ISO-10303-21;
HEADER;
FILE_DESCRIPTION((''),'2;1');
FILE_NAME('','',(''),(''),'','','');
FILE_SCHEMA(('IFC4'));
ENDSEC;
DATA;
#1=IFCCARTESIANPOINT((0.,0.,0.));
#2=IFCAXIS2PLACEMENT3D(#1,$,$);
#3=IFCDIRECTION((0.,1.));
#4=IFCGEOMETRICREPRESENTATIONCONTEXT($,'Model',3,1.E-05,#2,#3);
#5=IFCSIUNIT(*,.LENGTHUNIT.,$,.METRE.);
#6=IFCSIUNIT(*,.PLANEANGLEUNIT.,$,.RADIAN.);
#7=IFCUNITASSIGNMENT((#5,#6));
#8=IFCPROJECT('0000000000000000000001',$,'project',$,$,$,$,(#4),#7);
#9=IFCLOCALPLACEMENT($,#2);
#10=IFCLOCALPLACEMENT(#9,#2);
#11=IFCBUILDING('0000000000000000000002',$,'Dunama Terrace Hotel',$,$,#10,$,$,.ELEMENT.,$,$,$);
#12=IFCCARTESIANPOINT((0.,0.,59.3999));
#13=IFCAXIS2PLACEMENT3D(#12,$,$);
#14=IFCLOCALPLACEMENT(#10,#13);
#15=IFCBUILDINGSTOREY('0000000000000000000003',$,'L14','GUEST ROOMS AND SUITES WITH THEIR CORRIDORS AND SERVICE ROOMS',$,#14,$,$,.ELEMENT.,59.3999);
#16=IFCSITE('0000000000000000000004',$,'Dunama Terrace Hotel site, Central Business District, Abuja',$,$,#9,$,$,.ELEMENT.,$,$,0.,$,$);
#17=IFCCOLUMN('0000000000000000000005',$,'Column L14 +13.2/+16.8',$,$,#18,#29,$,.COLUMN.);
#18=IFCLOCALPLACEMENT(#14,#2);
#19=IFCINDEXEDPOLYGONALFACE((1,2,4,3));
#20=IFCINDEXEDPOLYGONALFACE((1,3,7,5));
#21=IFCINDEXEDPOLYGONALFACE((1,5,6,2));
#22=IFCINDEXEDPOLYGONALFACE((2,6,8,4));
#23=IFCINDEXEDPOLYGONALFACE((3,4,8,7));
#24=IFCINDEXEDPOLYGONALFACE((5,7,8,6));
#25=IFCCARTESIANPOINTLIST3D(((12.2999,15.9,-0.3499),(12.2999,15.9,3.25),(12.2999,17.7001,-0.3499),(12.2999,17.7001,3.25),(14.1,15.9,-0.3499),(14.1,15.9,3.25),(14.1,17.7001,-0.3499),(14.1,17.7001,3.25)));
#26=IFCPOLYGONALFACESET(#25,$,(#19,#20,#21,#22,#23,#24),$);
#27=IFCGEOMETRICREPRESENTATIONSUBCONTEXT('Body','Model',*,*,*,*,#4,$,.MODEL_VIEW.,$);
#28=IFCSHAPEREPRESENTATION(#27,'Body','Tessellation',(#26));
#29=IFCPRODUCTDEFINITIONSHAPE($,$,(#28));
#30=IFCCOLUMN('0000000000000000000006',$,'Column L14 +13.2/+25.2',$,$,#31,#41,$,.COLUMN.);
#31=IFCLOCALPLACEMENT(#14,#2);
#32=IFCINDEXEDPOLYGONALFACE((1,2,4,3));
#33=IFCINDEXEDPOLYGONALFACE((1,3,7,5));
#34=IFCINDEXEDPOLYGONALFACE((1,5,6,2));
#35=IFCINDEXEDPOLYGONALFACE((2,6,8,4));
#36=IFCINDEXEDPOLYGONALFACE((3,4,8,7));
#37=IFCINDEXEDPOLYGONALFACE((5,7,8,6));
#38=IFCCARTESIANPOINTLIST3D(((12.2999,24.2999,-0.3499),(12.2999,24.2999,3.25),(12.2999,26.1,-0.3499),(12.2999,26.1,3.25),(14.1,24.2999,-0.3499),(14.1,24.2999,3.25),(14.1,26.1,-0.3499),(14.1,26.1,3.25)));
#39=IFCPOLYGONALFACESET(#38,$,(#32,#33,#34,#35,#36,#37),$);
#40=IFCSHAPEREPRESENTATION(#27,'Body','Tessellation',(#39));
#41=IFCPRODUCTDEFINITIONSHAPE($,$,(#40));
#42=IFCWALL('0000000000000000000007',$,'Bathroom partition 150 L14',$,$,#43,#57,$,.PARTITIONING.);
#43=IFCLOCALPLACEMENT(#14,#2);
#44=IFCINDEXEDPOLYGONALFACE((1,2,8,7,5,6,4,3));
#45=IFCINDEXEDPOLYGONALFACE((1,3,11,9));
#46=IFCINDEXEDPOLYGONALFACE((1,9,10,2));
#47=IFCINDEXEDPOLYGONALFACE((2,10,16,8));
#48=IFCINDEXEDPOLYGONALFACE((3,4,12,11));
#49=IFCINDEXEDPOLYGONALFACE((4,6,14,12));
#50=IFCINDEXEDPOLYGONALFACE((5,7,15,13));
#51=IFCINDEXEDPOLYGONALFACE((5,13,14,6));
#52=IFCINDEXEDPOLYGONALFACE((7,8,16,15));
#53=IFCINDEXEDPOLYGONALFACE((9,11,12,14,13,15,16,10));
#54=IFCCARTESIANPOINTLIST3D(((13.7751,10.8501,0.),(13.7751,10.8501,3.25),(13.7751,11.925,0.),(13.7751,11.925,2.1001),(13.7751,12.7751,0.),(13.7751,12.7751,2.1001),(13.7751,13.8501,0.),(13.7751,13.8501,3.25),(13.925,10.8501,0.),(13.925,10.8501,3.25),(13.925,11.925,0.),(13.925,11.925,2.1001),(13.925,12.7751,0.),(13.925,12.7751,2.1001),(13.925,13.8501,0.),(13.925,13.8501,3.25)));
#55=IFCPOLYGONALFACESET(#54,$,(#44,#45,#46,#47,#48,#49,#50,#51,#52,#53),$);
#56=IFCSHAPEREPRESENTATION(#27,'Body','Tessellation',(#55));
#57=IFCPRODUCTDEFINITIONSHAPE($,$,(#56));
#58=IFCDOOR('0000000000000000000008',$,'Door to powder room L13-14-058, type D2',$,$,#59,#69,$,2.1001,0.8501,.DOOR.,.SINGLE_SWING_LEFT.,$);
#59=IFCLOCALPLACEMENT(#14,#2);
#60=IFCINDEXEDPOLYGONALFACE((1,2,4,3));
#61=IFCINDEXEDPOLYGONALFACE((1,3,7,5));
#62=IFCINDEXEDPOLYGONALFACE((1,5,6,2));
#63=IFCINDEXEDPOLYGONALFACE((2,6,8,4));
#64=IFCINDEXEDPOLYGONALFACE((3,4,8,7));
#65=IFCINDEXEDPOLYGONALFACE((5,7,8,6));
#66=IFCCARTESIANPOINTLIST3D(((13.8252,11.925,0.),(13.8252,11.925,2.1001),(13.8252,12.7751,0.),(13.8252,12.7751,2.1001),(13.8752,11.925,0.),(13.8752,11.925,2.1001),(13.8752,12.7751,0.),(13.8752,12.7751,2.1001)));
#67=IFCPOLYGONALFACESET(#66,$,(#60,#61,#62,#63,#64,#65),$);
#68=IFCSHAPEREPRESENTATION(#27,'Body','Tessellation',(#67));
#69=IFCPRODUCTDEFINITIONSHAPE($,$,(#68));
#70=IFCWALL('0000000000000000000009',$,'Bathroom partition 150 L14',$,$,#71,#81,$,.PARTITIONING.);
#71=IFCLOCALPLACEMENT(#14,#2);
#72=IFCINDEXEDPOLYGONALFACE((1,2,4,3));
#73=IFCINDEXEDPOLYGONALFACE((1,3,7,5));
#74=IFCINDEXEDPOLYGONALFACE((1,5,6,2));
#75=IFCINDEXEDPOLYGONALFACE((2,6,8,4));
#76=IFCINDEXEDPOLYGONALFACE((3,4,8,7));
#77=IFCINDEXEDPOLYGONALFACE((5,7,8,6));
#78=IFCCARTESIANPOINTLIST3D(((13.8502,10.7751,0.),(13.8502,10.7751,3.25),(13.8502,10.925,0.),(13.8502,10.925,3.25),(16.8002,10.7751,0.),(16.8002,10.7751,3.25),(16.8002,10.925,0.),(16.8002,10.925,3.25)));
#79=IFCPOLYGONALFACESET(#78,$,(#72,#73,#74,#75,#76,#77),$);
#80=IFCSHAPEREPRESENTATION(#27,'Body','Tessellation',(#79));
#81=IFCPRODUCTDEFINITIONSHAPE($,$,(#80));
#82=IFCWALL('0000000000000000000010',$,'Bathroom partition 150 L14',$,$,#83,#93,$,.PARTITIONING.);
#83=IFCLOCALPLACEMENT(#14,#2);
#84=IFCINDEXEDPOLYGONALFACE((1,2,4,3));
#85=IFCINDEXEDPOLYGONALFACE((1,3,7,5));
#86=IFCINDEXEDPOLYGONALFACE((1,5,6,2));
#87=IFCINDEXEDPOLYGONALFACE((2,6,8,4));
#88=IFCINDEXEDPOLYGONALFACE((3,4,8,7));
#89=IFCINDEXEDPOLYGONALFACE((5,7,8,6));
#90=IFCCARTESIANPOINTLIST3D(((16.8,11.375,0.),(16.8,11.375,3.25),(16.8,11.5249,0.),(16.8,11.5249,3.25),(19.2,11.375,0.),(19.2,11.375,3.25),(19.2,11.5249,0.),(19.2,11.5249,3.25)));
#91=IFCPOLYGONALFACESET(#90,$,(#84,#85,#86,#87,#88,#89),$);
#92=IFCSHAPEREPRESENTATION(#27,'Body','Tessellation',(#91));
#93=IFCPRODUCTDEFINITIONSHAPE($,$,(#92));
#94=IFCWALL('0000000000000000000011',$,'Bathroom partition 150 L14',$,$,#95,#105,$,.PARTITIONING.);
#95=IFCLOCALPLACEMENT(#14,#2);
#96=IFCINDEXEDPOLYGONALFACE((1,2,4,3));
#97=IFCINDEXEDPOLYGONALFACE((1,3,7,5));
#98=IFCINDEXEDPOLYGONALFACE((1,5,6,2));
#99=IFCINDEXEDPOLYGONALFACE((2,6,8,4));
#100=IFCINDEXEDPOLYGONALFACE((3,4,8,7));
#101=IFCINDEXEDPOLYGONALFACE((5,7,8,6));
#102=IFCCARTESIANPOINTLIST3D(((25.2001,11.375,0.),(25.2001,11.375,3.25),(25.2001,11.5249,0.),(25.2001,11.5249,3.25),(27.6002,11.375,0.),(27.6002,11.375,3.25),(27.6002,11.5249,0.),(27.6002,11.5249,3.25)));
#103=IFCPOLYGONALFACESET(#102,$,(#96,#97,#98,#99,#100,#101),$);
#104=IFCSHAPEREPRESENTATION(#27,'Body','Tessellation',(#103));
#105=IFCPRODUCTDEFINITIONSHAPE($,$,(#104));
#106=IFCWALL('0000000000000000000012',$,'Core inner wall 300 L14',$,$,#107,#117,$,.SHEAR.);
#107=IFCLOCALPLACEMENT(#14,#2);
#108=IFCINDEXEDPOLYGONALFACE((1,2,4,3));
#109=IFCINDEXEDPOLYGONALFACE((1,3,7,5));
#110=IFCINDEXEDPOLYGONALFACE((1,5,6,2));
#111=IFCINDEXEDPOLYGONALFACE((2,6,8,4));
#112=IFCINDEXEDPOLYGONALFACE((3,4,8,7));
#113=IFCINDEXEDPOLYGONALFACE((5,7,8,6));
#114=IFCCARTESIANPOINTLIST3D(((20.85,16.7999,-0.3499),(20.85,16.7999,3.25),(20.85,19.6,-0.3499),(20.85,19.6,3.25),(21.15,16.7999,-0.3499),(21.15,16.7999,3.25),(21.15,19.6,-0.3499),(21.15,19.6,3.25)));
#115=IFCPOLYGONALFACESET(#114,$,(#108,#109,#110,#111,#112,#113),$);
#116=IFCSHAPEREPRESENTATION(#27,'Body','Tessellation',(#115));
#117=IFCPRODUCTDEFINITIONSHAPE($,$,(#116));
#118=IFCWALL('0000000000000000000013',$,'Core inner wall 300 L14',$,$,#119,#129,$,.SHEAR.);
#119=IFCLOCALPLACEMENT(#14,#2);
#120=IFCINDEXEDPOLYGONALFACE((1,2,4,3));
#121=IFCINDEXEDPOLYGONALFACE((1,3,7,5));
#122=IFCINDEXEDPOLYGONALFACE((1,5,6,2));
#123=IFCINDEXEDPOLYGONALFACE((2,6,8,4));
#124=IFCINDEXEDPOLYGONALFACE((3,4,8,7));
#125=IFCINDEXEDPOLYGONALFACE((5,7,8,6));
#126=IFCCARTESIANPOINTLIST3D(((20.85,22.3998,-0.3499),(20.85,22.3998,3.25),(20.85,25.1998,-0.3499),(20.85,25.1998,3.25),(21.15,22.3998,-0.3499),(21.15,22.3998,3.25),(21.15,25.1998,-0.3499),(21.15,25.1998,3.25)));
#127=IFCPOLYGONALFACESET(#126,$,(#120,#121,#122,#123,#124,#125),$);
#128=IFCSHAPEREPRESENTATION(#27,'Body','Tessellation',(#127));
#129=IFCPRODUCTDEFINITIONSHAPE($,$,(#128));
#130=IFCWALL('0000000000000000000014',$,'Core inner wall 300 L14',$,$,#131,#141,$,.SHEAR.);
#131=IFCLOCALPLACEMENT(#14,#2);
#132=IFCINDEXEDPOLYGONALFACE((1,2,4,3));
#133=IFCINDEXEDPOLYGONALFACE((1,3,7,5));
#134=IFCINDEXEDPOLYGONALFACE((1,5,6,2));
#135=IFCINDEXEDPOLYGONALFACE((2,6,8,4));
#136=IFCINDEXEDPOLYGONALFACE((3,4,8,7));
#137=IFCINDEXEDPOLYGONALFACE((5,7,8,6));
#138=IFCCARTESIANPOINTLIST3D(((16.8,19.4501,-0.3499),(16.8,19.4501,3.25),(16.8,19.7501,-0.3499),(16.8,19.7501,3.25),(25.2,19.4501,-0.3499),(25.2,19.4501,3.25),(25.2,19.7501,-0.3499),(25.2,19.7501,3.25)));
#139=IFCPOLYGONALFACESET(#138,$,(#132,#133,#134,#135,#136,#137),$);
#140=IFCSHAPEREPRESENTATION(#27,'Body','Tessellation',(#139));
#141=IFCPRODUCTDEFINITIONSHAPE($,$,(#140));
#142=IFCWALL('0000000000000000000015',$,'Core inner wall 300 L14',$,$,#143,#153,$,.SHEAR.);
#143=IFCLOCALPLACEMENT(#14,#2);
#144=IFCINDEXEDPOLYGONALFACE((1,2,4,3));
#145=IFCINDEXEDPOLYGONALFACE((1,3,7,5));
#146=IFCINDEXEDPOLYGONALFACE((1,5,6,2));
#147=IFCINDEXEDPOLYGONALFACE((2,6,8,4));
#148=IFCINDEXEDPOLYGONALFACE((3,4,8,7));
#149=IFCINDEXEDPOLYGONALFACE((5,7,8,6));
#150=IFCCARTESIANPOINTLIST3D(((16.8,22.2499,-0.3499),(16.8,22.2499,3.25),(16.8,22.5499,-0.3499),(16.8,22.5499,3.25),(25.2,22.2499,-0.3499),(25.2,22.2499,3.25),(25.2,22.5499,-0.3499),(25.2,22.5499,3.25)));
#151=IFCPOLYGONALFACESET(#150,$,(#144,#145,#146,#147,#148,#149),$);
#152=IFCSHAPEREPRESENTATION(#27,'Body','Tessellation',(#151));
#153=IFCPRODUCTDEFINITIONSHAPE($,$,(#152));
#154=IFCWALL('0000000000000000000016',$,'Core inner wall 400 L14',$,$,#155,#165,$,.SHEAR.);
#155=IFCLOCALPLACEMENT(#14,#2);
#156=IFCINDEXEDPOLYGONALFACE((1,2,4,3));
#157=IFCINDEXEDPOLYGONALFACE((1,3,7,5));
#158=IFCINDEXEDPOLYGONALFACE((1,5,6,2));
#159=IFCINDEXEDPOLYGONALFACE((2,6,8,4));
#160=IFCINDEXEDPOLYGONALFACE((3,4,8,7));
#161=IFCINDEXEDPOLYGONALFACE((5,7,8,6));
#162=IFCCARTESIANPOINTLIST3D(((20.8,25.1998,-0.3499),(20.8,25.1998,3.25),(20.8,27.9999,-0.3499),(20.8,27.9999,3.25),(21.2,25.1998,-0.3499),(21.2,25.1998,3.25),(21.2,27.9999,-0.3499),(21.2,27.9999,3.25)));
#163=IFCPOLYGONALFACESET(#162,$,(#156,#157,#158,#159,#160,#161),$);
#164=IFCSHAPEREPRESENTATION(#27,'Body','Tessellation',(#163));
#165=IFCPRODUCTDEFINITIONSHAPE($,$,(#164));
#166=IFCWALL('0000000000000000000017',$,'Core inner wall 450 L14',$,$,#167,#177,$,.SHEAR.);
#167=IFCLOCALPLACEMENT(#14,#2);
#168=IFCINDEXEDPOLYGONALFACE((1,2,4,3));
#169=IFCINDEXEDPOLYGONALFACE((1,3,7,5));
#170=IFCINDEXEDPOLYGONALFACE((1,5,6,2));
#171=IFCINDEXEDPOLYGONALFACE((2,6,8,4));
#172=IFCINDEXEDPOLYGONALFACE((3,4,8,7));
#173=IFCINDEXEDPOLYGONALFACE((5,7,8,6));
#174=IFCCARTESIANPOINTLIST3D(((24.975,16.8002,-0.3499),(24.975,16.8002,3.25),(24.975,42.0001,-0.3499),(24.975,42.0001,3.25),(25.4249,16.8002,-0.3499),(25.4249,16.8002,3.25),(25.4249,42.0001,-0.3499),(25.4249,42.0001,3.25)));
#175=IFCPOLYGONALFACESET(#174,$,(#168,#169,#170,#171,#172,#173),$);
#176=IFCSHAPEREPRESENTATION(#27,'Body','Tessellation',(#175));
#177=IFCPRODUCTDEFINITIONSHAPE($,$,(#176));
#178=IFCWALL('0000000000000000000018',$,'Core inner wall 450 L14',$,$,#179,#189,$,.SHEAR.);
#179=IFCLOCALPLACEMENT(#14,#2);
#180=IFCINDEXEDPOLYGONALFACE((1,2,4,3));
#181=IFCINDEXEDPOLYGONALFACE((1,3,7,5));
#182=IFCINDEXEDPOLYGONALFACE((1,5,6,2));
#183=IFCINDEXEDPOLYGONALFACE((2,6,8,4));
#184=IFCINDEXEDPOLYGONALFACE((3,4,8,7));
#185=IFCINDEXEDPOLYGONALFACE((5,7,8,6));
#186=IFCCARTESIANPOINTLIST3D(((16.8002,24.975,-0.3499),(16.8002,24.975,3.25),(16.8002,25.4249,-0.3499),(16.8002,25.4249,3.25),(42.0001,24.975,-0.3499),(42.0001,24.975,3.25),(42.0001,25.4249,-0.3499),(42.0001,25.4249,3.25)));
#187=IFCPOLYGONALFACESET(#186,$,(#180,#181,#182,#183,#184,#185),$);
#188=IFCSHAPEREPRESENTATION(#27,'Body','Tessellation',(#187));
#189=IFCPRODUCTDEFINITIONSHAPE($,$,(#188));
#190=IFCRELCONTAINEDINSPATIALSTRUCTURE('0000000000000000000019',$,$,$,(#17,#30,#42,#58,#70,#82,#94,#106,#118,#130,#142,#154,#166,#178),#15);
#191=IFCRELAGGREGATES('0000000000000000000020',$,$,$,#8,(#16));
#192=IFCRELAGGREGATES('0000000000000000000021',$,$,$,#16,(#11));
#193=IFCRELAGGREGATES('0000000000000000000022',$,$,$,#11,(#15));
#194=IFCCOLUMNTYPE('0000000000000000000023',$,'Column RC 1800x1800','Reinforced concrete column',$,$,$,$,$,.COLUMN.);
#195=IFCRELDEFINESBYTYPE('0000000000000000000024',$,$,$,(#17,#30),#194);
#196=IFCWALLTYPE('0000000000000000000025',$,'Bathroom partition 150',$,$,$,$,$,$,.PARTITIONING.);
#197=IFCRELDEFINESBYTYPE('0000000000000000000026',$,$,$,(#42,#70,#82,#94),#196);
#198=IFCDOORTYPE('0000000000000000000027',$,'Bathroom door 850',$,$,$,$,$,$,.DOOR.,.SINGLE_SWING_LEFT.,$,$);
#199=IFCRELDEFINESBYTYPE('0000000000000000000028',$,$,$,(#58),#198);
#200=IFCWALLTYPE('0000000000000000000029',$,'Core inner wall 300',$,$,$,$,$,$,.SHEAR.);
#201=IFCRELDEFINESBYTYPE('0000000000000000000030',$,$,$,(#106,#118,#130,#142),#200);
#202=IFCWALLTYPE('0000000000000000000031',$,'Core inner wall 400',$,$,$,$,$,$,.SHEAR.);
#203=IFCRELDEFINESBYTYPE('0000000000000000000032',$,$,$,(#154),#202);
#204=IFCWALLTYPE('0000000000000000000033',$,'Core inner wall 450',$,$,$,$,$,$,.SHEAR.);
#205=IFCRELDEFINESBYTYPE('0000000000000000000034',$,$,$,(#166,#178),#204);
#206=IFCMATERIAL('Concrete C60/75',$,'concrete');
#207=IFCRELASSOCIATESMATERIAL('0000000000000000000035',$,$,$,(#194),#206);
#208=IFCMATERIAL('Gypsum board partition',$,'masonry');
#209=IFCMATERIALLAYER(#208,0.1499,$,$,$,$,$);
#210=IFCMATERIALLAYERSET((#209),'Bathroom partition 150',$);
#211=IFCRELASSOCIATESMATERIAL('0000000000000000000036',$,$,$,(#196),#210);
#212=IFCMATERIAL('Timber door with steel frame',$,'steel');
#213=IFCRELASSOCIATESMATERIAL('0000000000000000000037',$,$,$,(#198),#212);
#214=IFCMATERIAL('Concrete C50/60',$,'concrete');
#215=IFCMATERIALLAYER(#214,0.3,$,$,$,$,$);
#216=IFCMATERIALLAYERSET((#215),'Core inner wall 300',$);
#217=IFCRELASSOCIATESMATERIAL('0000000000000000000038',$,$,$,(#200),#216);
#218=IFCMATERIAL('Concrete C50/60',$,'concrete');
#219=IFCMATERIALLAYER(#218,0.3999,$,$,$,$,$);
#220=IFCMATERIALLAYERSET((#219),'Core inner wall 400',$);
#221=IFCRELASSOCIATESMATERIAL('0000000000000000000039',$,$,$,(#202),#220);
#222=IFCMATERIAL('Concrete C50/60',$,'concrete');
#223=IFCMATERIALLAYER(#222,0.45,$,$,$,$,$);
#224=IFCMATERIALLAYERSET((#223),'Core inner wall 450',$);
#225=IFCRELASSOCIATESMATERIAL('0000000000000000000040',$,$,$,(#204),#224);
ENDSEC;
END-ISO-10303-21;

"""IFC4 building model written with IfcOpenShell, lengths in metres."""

from ifc_helpers import new_model, si_unit, direction, frame, frame_2d, origin, origin_2d, place, context, subcontext, project, spatial, rectangle, extrude, material, layer, layer_set, material_profile, profile_set, type_object, element, fill, save


model = new_model("IFC4")

# Units and contexts
model_context = context("Model", 3, precision=1e-05, world=origin(), true_north=direction((0.0, 1.0)))
body_context = subcontext(model_context, "Body", "Model", "MODEL_VIEW")
ifc_project = project(units=[si_unit("LENGTHUNIT", "METRE"), si_unit("PLANEANGLEUNIT", "RADIAN")], contexts=[model_context])

# Site, building, storey
site_placement = place(None, origin())
site = spatial("IfcSite", under=ifc_project, at=site_placement, Name="Dunama Terrace Hotel site, Central Business District, Abuja", CompositionType="ELEMENT", RefElevation=0.0)
building_placement = place(site_placement, origin())
building = spatial("IfcBuilding", under=site, at=building_placement, Name="Dunama Terrace Hotel", CompositionType="ELEMENT")
storey_placement = place(building_placement, frame((0.0, 0.0, 59.3999)))
storey = spatial("IfcBuildingStorey", under=building, at=storey_placement, Name="L14", Description="GUEST ROOMS AND SUITES WITH THEIR CORRIDORS AND SERVICE ROOMS", CompositionType="ELEMENT", Elevation=59.3999)

# Columns
ifc_material_1 = material(Name="Concrete C60/75", Category="concrete")
ifc_material_profile = material_profile(ifc_material_1, rectangle(XDim=1.8, YDim=1.8, at=origin_2d()), Name="RC 1800x1800")
ifc_profile_set = profile_set([ifc_material_profile], Name="Concrete C60/75")
column_type = type_object("IfcColumnType", Name="Column RC 1800x1800", Description="Reinforced concrete column", PredefinedType="COLUMN", material=ifc_profile_set)
for number, where, z_axis, x_axis, name in (
    (1, (13.2, 16.8, -0.3499), (0.0, 0.0, 1.0), (1.0, 0.0, 0.0), "Column L14 +13.2/+16.8"),
    (2, (13.2, 25.2, -0.3499), (0.0, 0.0, 1.0), (1.0, 0.0, 0.0), "Column L14 +13.2/+25.2"),
):
    element("IfcColumn", number, at=place(storey_placement, frame(where, z_axis=z_axis, x_axis=x_axis)), inside=storey, type_object=column_type, Name=name, PredefinedType="COLUMN", context=body_context, shape_type="SweptSolid", body=[
        extrude(rectangle(XDim=1.8, YDim=1.8, at=origin_2d()), origin(), (0.0, 0.0, 1.0), 3.5999),
    ])

# Wall, opening, door
ifc_material_2 = material(Name="Gypsum board partition", Category="masonry")
ifc_layer_1 = layer(ifc_material_2, 0.1499)
ifc_layer_set_1 = layer_set([ifc_layer_1], Name="Bathroom partition 150")
wall_type_1 = type_object("IfcWallType", Name="Bathroom partition 150", PredefinedType="PARTITIONING", material=ifc_layer_set_1)
wall_1_placement = place(storey_placement, frame((13.8501, 10.8501, 0.0), z_axis=(0.0, 0.0, 1.0), x_axis=(0.0, 1.0, 0.0)))
wall_1 = element("IfcWall", 3, at=wall_1_placement, inside=storey, type_object=wall_type_1, Name="Bathroom partition 150 L14", PredefinedType="PARTITIONING", context=body_context, shape_type="SweptSolid", body=[
    extrude(rectangle(XDim=3.0, YDim=0.1499, at=frame_2d((1.5, 0.0))), origin(), (0.0, 0.0, 1.0), 3.25),
])
opening_1_placement = place(wall_1_placement, frame((1.075, 0.0, 0.0)))
opening_1 = element("IfcOpeningElement", 4, at=opening_1_placement, cuts=wall_1, PredefinedType="OPENING", context=body_context, shape_type="SweptSolid", body=[
    extrude(rectangle(XDim=0.8501, YDim=2.1001, at=frame_2d((0.425, 1.05))), frame((0.0, 0.085, 0.0), z_axis=(0.0, -1.0, 0.0), x_axis=(1.0, 0.0, 0.0)), (0.0, 0.0, 1.0), 0.1699),
])
ifc_material_3 = material(Name="Timber door with steel frame", Category="steel")
door_type_1 = type_object("IfcDoorType", Name="Bathroom door 850", OperationType="SINGLE_SWING_LEFT", PredefinedType="DOOR", material=ifc_material_3)
door_1_placement = place(opening_1_placement, frame((0.8501, 0.0, 0.0), z_axis=(0.0, 0.0, 1.0), x_axis=(-1.0, 0.0, 0.0)))
door_1 = element("IfcDoor", 5, at=door_1_placement, inside=storey, type_object=door_type_1, Name="Door to powder room L13-14-058, type D2", OperationType="SINGLE_SWING_LEFT", OverallHeight=2.1001, OverallWidth=0.8501, PredefinedType="DOOR", context=body_context, shape_type="SweptSolid", body=[
    extrude(rectangle(XDim=0.8501, YDim=2.1001, at=frame_2d((0.425, 1.05))), frame((0.0, 0.0251, 0.0), z_axis=(0.0, -1.0, 0.0), x_axis=(1.0, 0.0, 0.0)), (0.0, 0.0, 1.0), 0.05),
])
fill(opening_1, door_1)

# Walls
wall_2_placement = place(storey_placement, frame((13.8501, 10.8501, 0.0), z_axis=(0.0, 0.0, 1.0), x_axis=(1.0, 0.0, 0.0)))
element("IfcWall", 6, at=wall_2_placement, inside=storey, type_object=wall_type_1, Name="Bathroom partition 150 L14", PredefinedType="PARTITIONING", context=body_context, shape_type="SweptSolid", body=[
    extrude(rectangle(XDim=2.95, YDim=0.1499, at=frame_2d((1.4751, 0.0))), origin(), (0.0, 0.0, 1.0), 3.25),
])
wall_3_placement = place(storey_placement, frame((16.8, 11.45, 0.0), z_axis=(0.0, 0.0, 1.0), x_axis=(1.0, 0.0, 0.0)))
element("IfcWall", 7, at=wall_3_placement, inside=storey, type_object=wall_type_1, Name="Bathroom partition 150 L14", PredefinedType="PARTITIONING", context=body_context, shape_type="SweptSolid", body=[
    extrude(rectangle(XDim=2.3999, YDim=0.1499, at=frame_2d((1.2, 0.0))), origin(), (0.0, 0.0, 1.0), 3.25),
])
wall_4_placement = place(storey_placement, frame((25.2, 11.45, 0.0), z_axis=(0.0, 0.0, 1.0), x_axis=(1.0, 0.0, 0.0)))
element("IfcWall", 8, at=wall_4_placement, inside=storey, type_object=wall_type_1, Name="Bathroom partition 150 L14", PredefinedType="PARTITIONING", context=body_context, shape_type="SweptSolid", body=[
    extrude(rectangle(XDim=2.4001, YDim=0.1499, at=frame_2d((1.2002, 0.0))), origin(), (0.0, 0.0, 1.0), 3.25),
])
ifc_material_4 = material(Name="Concrete C50/60", Category="concrete")
ifc_layer_2 = layer(ifc_material_4, 0.3)
ifc_layer_set_2 = layer_set([ifc_layer_2], Name="Core inner wall 300")
wall_type_2 = type_object("IfcWallType", Name="Core inner wall 300", PredefinedType="SHEAR", material=ifc_layer_set_2)
for number, where, z_axis, x_axis, name in (
    (9, (21.0, 16.8, -0.3499), (0.0, 0.0, 1.0), (0.0, 1.0, 0.0), "Core inner wall 300 L14"),
    (10, (21.0, 22.3999, -0.3499), (0.0, 0.0, 1.0), (0.0, 1.0, 0.0), "Core inner wall 300 L14"),
):
    element("IfcWall", number, at=place(storey_placement, frame(where, z_axis=z_axis, x_axis=x_axis)), inside=storey, type_object=wall_type_2, Name=name, PredefinedType="SHEAR", context=body_context, shape_type="SweptSolid", body=[
        extrude(rectangle(XDim=2.8, YDim=0.3, at=frame_2d((1.3999, 0.0))), origin(), (0.0, 0.0, 1.0), 3.5999),
    ])
for number, where, z_axis, x_axis, name in (
    (11, (16.8, 19.6001, -0.3499), (0.0, 0.0, 1.0), (1.0, 0.0, 0.0), "Core inner wall 300 L14"),
    (12, (16.8, 22.3999, -0.3499), (0.0, 0.0, 1.0), (1.0, 0.0, 0.0), "Core inner wall 300 L14"),
):
    element("IfcWall", number, at=place(storey_placement, frame(where, z_axis=z_axis, x_axis=x_axis)), inside=storey, type_object=wall_type_2, Name=name, PredefinedType="SHEAR", context=body_context, shape_type="SweptSolid", body=[
        extrude(rectangle(XDim=8.3999, YDim=0.3, at=frame_2d((4.2, 0.0))), origin(), (0.0, 0.0, 1.0), 3.5999),
    ])
ifc_material_5 = material(Name="Concrete C50/60", Category="concrete")
ifc_layer_3 = layer(ifc_material_5, 0.3999)
ifc_layer_set_3 = layer_set([ifc_layer_3], Name="Core inner wall 400")
wall_type_3 = type_object("IfcWallType", Name="Core inner wall 400", PredefinedType="SHEAR", material=ifc_layer_set_3)
wall_5_placement = place(storey_placement, frame((21.0, 25.2, -0.3499), z_axis=(0.0, 0.0, 1.0), x_axis=(0.0, 1.0, 0.0)))
element("IfcWall", 13, at=wall_5_placement, inside=storey, type_object=wall_type_3, Name="Core inner wall 400 L14", PredefinedType="SHEAR", context=body_context, shape_type="SweptSolid", body=[
    extrude(rectangle(XDim=2.8, YDim=0.3999, at=frame_2d((1.3999, 0.0))), origin(), (0.0, 0.0, 1.0), 3.5999),
])
ifc_material_6 = material(Name="Concrete C50/60", Category="concrete")
ifc_layer_4 = layer(ifc_material_6, 0.45)
ifc_layer_set_4 = layer_set([ifc_layer_4], Name="Core inner wall 450")
wall_type_4 = type_object("IfcWallType", Name="Core inner wall 450", PredefinedType="SHEAR", material=ifc_layer_set_4)
for number, where, z_axis, x_axis, name in (
    (14, (25.2, 16.8, -0.3499), (0.0, 0.0, 1.0), (0.0, 1.0, 0.0), "Core inner wall 450 L14"),
    (15, (16.8, 25.2, -0.3499), (0.0, 0.0, 1.0), (1.0, 0.0, 0.0), "Core inner wall 450 L14"),
):
    element("IfcWall", number, at=place(storey_placement, frame(where, z_axis=z_axis, x_axis=x_axis)), inside=storey, type_object=wall_type_4, Name=name, PredefinedType="SHEAR", context=body_context, shape_type="SweptSolid", body=[
        extrude(rectangle(XDim=25.2, YDim=0.45, at=frame_2d((12.6001, 0.0))), origin(), (0.0, 0.0, 1.0), 3.5999),
    ])

save(model, "model.ifc")
